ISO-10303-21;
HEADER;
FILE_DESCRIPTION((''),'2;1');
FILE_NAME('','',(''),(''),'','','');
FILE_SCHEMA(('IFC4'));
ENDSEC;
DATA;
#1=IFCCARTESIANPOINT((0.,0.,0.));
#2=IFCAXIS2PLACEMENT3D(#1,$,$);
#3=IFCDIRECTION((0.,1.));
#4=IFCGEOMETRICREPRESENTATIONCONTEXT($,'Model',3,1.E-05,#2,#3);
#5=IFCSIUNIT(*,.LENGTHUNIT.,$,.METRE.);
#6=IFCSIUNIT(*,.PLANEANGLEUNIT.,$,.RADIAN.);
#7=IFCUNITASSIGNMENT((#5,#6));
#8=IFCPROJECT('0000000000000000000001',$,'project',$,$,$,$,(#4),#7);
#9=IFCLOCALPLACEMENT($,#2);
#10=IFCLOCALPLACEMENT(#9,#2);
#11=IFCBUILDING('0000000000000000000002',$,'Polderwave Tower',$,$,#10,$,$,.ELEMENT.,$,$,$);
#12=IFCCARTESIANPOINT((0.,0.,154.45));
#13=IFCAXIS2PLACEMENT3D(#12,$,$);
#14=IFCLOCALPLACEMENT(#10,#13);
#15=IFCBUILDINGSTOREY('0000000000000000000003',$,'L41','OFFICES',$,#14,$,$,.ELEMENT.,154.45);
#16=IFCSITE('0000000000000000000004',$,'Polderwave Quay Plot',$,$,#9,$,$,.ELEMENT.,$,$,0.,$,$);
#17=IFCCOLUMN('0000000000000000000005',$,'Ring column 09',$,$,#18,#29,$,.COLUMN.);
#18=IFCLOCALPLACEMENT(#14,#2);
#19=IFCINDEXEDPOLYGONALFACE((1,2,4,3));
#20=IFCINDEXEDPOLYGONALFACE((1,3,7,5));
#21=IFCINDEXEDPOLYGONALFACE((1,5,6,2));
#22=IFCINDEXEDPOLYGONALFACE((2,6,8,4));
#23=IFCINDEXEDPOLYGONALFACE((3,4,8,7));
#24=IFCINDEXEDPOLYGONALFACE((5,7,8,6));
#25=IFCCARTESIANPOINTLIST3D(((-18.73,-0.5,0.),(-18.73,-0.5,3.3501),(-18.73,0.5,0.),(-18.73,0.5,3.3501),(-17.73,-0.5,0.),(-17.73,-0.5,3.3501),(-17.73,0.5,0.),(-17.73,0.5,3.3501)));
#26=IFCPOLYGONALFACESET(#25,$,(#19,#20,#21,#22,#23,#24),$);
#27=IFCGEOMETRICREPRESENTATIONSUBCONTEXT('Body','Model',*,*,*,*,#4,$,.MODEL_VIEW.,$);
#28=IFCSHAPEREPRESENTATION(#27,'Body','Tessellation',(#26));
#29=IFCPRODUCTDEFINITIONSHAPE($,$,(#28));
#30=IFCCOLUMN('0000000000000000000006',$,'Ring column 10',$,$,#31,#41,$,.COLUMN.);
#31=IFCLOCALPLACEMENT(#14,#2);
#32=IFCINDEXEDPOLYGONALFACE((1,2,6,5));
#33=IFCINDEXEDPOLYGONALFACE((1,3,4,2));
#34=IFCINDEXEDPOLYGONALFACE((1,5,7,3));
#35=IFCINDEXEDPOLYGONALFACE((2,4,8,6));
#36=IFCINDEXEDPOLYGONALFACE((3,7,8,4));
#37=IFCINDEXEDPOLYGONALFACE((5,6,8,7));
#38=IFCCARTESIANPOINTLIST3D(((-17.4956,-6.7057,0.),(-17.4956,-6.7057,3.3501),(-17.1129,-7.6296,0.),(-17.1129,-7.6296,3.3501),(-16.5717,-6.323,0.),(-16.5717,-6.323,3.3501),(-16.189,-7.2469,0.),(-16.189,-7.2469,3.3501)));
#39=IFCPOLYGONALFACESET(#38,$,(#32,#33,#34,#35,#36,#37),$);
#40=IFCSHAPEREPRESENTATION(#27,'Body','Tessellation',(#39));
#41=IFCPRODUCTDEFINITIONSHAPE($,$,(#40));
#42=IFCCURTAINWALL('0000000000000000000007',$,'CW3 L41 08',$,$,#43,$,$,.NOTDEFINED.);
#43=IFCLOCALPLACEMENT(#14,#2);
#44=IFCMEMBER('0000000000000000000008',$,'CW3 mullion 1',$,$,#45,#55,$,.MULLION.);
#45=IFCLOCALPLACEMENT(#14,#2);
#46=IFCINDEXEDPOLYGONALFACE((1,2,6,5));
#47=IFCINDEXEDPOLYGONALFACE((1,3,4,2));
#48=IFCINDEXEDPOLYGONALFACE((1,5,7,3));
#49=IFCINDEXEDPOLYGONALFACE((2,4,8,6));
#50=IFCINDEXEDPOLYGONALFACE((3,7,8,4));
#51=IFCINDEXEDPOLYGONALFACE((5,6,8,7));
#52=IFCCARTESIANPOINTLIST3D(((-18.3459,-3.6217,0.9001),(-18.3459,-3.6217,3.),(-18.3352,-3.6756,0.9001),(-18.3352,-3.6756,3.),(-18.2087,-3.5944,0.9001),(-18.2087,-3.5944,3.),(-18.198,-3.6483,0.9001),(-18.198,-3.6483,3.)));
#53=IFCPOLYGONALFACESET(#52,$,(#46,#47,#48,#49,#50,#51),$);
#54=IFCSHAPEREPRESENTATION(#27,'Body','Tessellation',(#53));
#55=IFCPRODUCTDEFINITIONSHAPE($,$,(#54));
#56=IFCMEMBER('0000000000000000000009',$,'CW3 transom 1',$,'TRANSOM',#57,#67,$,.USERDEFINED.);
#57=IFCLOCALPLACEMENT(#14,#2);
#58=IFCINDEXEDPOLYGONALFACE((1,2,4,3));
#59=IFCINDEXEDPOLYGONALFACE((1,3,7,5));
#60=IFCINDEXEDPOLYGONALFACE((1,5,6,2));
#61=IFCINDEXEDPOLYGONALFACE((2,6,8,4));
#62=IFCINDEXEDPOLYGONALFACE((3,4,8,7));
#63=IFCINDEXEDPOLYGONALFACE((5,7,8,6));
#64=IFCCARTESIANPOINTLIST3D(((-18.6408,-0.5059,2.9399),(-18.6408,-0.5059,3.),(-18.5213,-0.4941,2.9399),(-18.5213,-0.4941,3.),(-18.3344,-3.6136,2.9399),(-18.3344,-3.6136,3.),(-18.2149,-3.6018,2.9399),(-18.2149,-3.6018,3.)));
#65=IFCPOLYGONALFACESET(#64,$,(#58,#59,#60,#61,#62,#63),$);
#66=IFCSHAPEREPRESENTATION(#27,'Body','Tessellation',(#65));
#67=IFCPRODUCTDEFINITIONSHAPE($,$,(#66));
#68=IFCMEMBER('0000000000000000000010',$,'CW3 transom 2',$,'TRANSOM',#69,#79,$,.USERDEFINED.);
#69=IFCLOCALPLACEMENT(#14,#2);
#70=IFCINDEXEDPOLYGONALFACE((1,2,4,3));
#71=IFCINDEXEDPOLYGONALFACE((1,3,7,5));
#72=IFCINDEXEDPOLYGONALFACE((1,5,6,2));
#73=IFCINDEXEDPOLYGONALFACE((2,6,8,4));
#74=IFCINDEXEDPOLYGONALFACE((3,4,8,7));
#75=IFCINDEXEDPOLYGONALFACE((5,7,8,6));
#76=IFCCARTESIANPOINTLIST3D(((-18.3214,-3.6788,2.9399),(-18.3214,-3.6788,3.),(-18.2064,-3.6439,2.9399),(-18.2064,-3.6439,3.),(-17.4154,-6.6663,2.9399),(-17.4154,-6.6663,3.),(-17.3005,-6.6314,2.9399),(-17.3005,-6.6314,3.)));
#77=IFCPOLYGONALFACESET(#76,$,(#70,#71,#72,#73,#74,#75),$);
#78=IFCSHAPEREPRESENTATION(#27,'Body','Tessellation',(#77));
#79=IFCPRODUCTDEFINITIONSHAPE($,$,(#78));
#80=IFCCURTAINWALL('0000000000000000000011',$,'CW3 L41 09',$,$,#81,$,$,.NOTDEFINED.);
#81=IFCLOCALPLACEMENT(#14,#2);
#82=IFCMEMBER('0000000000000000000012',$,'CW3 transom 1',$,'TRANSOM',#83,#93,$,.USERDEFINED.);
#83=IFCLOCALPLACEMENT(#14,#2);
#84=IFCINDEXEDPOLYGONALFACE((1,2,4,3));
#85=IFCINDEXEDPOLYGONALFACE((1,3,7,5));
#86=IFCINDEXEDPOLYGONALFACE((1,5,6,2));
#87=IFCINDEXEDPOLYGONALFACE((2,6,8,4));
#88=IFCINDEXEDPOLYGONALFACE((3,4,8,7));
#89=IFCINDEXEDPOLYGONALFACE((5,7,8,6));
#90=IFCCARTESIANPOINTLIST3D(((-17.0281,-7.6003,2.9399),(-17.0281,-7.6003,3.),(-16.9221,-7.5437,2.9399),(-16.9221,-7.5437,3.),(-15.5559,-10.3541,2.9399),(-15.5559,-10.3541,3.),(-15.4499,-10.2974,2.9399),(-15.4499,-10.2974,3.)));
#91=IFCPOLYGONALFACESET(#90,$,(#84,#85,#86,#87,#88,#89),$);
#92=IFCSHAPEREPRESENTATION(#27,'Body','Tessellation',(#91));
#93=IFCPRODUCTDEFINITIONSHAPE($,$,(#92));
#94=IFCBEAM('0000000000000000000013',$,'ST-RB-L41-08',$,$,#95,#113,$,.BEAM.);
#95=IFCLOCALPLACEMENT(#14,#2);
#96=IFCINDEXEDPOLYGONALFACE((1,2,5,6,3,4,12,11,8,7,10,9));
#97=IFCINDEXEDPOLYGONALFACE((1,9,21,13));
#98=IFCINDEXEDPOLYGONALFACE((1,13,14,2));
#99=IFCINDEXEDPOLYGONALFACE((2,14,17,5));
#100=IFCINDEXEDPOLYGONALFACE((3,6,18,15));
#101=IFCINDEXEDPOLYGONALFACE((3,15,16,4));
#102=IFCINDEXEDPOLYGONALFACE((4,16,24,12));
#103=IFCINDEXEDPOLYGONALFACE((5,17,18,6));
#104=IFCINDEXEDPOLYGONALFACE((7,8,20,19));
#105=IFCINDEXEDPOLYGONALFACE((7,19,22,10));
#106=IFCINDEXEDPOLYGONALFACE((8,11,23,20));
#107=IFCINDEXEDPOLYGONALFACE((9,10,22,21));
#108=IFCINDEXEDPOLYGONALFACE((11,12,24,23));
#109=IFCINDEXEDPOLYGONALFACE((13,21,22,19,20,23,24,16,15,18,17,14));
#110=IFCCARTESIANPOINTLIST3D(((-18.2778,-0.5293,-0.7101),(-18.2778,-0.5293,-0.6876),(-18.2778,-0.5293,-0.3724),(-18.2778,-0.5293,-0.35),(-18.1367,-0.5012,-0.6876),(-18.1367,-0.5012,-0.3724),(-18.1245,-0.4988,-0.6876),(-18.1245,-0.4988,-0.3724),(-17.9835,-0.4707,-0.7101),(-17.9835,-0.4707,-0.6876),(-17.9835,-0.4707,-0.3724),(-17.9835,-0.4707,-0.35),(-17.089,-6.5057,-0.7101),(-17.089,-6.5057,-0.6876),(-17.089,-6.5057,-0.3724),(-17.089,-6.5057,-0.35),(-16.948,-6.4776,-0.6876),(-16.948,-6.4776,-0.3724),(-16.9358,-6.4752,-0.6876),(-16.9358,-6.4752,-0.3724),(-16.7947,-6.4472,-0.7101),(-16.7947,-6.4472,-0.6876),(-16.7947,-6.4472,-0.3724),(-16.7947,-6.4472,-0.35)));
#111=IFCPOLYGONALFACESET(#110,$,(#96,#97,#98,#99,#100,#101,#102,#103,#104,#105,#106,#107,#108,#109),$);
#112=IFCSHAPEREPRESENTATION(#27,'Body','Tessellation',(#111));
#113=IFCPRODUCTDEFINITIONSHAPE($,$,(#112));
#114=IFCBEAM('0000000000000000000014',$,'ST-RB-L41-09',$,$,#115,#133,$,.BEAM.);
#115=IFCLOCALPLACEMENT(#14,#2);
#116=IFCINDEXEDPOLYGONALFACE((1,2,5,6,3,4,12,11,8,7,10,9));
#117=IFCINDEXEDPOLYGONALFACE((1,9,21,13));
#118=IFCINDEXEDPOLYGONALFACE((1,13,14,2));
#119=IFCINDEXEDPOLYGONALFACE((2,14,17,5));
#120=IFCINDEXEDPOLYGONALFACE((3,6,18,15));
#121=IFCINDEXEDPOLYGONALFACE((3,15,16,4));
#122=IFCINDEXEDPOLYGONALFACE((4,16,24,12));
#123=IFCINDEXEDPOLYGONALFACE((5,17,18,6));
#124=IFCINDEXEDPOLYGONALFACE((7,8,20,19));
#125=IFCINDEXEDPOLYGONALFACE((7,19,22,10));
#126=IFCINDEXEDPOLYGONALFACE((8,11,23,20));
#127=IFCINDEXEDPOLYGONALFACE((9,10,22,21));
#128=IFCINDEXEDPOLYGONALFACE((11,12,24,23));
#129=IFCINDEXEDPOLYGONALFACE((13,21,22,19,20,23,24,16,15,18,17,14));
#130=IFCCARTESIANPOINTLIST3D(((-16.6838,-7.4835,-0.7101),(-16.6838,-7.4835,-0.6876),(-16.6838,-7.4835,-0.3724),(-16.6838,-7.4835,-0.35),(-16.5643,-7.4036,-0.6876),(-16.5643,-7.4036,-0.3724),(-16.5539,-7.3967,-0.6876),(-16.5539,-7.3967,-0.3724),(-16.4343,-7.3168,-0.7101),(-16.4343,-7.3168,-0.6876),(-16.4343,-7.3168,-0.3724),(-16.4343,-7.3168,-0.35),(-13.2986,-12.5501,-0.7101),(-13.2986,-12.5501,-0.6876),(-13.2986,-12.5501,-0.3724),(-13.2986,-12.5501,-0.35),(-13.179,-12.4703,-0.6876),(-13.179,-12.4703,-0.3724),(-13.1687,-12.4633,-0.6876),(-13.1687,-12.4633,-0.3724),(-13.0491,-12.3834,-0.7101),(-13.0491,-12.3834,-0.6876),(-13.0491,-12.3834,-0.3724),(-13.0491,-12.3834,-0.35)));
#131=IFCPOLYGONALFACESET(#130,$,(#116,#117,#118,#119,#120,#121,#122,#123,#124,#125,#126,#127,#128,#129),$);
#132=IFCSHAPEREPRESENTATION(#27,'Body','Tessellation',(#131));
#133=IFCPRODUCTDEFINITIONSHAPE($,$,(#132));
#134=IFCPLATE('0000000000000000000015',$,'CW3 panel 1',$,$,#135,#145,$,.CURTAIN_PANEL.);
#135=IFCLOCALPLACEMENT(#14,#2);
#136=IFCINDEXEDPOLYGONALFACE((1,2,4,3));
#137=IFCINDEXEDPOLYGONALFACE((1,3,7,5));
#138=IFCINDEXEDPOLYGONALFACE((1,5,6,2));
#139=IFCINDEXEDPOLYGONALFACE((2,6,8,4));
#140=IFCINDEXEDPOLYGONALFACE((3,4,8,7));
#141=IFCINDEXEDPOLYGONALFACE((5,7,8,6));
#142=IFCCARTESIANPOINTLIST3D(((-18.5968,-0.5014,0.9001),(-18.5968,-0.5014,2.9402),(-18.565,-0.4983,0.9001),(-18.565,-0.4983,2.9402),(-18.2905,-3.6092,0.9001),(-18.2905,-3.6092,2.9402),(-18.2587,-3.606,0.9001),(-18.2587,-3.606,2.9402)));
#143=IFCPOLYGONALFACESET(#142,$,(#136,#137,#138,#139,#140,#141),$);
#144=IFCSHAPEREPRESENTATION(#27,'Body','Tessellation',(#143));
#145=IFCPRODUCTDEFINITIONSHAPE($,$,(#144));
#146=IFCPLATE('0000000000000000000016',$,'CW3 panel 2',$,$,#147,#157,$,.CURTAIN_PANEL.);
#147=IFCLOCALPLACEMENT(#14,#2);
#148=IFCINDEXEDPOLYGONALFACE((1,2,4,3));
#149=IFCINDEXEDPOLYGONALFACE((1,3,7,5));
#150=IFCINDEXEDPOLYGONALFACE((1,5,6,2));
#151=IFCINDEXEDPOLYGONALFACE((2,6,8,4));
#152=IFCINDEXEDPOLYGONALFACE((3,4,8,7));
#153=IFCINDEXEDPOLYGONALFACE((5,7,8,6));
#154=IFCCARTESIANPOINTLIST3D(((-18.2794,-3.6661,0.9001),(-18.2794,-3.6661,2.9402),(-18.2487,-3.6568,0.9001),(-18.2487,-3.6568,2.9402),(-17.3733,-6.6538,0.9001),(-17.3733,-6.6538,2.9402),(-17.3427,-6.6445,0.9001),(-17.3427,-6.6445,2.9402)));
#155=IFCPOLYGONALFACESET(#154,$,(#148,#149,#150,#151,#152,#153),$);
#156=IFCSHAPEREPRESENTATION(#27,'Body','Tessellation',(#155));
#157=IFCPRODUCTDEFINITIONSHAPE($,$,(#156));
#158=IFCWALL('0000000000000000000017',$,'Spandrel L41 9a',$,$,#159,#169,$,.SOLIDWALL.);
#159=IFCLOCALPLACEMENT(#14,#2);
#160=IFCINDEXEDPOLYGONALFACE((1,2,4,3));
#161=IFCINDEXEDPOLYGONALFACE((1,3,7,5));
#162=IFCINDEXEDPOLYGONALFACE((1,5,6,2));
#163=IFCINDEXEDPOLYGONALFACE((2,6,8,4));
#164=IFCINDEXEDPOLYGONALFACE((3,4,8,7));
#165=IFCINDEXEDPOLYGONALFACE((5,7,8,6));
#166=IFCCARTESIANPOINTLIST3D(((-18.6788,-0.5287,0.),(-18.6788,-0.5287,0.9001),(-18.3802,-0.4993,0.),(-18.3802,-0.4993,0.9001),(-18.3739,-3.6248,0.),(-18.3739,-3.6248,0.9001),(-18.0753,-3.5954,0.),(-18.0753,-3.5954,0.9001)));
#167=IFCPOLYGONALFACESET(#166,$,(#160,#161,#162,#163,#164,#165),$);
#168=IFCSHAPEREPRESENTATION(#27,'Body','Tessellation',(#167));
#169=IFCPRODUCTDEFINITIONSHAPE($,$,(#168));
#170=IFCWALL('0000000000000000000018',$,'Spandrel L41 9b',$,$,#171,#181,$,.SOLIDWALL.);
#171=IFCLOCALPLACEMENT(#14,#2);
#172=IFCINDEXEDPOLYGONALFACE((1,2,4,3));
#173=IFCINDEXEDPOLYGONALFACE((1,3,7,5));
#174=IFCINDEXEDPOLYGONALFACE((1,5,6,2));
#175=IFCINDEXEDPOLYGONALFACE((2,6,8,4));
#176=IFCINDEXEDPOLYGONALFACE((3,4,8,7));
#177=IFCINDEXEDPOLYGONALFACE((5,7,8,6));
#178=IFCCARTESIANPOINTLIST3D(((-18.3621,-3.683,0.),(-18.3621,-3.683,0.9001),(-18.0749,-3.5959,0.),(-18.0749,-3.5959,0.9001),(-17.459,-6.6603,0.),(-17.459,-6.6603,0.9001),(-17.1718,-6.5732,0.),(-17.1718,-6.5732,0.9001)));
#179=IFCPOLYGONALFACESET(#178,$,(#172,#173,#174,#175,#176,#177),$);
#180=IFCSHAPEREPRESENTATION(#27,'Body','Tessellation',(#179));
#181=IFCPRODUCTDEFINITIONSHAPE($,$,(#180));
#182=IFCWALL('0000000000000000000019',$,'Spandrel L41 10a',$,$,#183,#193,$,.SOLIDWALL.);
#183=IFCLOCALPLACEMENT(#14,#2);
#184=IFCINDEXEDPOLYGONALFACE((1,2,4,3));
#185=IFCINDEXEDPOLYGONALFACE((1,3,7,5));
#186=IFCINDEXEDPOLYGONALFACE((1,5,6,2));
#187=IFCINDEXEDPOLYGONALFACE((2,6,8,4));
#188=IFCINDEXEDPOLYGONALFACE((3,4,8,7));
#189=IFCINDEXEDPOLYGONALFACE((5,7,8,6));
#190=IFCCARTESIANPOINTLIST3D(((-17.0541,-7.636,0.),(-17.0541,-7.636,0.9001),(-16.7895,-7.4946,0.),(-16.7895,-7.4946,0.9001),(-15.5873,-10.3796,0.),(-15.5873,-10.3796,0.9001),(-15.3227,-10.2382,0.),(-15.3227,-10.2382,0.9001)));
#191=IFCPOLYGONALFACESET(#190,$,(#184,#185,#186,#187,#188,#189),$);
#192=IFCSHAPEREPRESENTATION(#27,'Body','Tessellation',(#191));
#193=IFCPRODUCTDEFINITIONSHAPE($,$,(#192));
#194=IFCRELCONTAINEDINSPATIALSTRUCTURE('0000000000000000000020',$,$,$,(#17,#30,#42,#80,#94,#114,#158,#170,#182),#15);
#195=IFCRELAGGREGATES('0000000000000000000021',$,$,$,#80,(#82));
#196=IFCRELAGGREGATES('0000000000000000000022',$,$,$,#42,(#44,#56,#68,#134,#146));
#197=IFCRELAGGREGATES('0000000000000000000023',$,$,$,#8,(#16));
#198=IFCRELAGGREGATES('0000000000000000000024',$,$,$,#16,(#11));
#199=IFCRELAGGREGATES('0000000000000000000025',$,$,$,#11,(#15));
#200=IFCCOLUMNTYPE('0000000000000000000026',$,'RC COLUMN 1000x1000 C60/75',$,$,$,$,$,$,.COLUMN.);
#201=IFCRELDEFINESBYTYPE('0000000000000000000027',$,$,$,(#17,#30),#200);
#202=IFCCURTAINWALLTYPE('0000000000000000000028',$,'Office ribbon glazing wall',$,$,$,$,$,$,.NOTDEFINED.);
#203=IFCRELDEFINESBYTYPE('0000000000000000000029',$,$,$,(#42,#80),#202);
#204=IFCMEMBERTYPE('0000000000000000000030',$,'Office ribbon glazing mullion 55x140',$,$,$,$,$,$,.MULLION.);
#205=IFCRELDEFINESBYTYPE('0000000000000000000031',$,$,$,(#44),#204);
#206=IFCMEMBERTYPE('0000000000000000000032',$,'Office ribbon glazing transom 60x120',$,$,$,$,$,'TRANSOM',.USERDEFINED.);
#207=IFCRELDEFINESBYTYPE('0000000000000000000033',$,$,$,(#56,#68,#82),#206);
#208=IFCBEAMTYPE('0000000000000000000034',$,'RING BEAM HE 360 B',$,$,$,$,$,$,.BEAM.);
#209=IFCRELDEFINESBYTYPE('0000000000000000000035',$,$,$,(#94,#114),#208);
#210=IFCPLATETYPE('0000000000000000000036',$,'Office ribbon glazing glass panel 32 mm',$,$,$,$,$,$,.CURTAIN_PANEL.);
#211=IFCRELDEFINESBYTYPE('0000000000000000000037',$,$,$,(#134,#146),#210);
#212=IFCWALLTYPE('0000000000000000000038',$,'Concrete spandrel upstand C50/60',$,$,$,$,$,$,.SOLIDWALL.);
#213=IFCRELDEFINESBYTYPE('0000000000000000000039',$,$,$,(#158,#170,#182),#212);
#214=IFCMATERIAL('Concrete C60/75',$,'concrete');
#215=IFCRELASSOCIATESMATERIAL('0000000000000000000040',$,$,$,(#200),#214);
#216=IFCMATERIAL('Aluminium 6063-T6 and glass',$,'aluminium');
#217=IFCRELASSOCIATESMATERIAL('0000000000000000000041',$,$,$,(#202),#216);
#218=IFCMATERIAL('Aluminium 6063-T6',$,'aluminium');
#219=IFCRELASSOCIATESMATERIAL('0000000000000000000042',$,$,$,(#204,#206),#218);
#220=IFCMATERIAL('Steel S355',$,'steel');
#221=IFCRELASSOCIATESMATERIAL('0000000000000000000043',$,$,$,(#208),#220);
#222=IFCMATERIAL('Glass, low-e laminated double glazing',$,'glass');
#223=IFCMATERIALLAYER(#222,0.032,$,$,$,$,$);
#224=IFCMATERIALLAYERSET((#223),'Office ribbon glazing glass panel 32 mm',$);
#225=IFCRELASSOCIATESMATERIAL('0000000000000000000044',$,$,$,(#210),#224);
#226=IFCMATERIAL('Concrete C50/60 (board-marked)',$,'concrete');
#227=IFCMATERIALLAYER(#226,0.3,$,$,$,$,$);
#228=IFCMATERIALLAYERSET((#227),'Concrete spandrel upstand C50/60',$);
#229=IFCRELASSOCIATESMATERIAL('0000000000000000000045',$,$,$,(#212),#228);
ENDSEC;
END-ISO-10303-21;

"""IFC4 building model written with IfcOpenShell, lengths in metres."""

from ifc_helpers import new_model, si_unit, direction, frame, frame_2d, origin, origin_2d, place, context, subcontext, project, spatial, rectangle, i_section, extrude, material, layer, layer_set, material_profile, profile_set, type_object, element, aggregate, save


model = new_model("IFC4")

# Units and contexts
model_context = context("Model", 3, precision=1e-05, world=origin(), true_north=direction((0.0, 1.0)))
body_context = subcontext(model_context, "Body", "Model", "MODEL_VIEW")
ifc_project = project(units=[si_unit("LENGTHUNIT", "METRE"), si_unit("PLANEANGLEUNIT", "RADIAN")], contexts=[model_context])

# Site, building, storey
site_placement = place(None, origin())
site = spatial("IfcSite", under=ifc_project, at=site_placement, Name="Polderwave Quay Plot", CompositionType="ELEMENT", RefElevation=0.0)
building_placement = place(site_placement, origin())
building = spatial("IfcBuilding", under=site, at=building_placement, Name="Polderwave Tower", CompositionType="ELEMENT")
storey_placement = place(building_placement, frame((0.0, 0.0, 154.45)))
storey = spatial("IfcBuildingStorey", under=building, at=storey_placement, Name="L41", Description="OFFICES", CompositionType="ELEMENT", Elevation=154.45)

# Columns
ifc_material_1 = material(Name="Concrete C60/75", Category="concrete")
ifc_material_profile_1 = material_profile(ifc_material_1, rectangle(XDim=1.0, YDim=1.0, at=origin_2d()), Name="RC 1000x1000")
ifc_profile_set_1 = profile_set([ifc_material_profile_1], Name="Concrete C60/75")
column_type = type_object("IfcColumnType", Name="RC COLUMN 1000x1000 C60/75", PredefinedType="COLUMN", material=ifc_profile_set_1)
for number, where, z_axis, x_axis, name in (
    (1, (-18.23, 0.0, 0.0), (0.0, 0.0, 1.0), (-1.0, 0.0, 0.0), "Ring column 09"),
    (2, (-16.8423, -6.9763, 0.0), (0.0, 0.0, 1.0), (-0.92388, -0.382683, 0.0), "Ring column 10"),
):
    element("IfcColumn", number, at=place(storey_placement, frame(where, z_axis=z_axis, x_axis=x_axis)), inside=storey, type_object=column_type, Name=name, PredefinedType="COLUMN", context=body_context, shape_type="SweptSolid", body=[
        extrude(rectangle(XDim=1.0, YDim=1.0, at=origin_2d()), origin(), (0.0, 0.0, 1.0), 3.3501),
    ])

# Curtain wall, members
ifc_material_2 = material(Name="Aluminium 6063-T6 and glass", Category="aluminium")
curtain_wall_type = type_object("IfcCurtainWallType", Name="Office ribbon glazing wall", PredefinedType="NOTDEFINED", material=ifc_material_2)
curtain_wall_1_placement = place(storey_placement, origin())
curtain_wall_1 = element("IfcCurtainWall", 3, at=curtain_wall_1_placement, inside=storey, type_object=curtain_wall_type, Name="CW3 L41 08", PredefinedType="NOTDEFINED")
ifc_material_3 = material(Name="Aluminium 6063-T6", Category="aluminium")
ifc_material_profile_2 = material_profile(ifc_material_3, rectangle(XDim=0.1399, YDim=0.0549, at=origin_2d()), Name="AL 55x140")
ifc_profile_set_2 = profile_set([ifc_material_profile_2], Name="Aluminium 6063-T6")
member_type_1 = type_object("IfcMemberType", Name="Office ribbon glazing mullion 55x140", PredefinedType="MULLION", material=ifc_profile_set_2)
member_1_placement = place(storey_placement, frame((-18.272, -3.635, 0.9001), z_axis=(0.0, 0.0, 1.0), x_axis=(0.980787, 0.195083, 0.0)))
member_1 = element("IfcMember", 4, at=member_1_placement, type_object=member_type_1, Name="CW3 mullion 1", PredefinedType="MULLION", context=body_context, shape_type="SweptSolid", body=[
    extrude(rectangle(XDim=0.1399, YDim=0.0549, at=origin_2d()), origin(), (0.0, 0.0, 1.0), 2.0999),
])
ifc_material_profile_3 = material_profile(ifc_material_3, rectangle(XDim=0.1201, YDim=0.0601, at=origin_2d()), Name="AL 60x120")
ifc_profile_set_3 = profile_set([ifc_material_profile_3], Name="Aluminium 6063-T6")
member_type_2 = type_object("IfcMemberType", Name="Office ribbon glazing transom 60x120", ElementType="TRANSOM", PredefinedType="USERDEFINED", material=ifc_profile_set_3)
member_2_placement = place(storey_placement, frame((-18.5811, -0.5, 2.97), z_axis=(0.098118, -0.995175, 0.0), x_axis=(0.995175, 0.098118, 0.0)))
member_2 = element("IfcMember", 5, at=member_2_placement, type_object=member_type_2, Name="CW3 transom 1", ObjectType="TRANSOM", PredefinedType="USERDEFINED", context=body_context, shape_type="SweptSolid", body=[
    extrude(rectangle(XDim=0.1201, YDim=0.0601, at=origin_2d()), origin(), (0.0, 0.0, 1.0), 3.1228),
])
member_3_placement = place(storey_placement, frame((-18.2639, -3.6614, 2.97), z_axis=(0.290209, -0.956963, 0.0), x_axis=(0.956963, 0.290209, 0.0)))
member_3 = element("IfcMember", 6, at=member_3_placement, type_object=member_type_2, Name="CW3 transom 2", ObjectType="TRANSOM", PredefinedType="USERDEFINED", context=body_context, shape_type="SweptSolid", body=[
    extrude(rectangle(XDim=0.1201, YDim=0.0601, at=origin_2d()), origin(), (0.0, 0.0, 1.0), 3.1218),
])

# Curtain wall, member
curtain_wall_2_placement = place(storey_placement, origin())
curtain_wall_2 = element("IfcCurtainWall", 7, at=curtain_wall_2_placement, inside=storey, type_object=curtain_wall_type, Name="CW3 L41 09", PredefinedType="NOTDEFINED")
member_4_placement = place(storey_placement, frame((-16.9751, -7.572, 2.97), z_axis=(0.471473, -0.881881, 0.0), x_axis=(0.881881, 0.471473, 0.0)))
member_4 = element("IfcMember", 8, at=member_4_placement, type_object=member_type_2, Name="CW3 transom 1", ObjectType="TRANSOM", PredefinedType="USERDEFINED", context=body_context, shape_type="SweptSolid", body=[
    extrude(rectangle(XDim=0.1201, YDim=0.0601, at=origin_2d()), origin(), (0.0, 0.0, 1.0), 3.1226),
])
aggregate(curtain_wall_2, [member_4])

# Beams
ifc_material_4 = material(Name="Steel S355", Category="steel")
ifc_material_profile_4 = material_profile(ifc_material_4, i_section(OverallWidth=0.3, OverallDepth=0.3601, WebThickness=0.0125, FlangeThickness=0.0225, at=origin_2d()), Name="HE 360 B")
ifc_profile_set_4 = profile_set([ifc_material_profile_4], Name="Steel S355")
beam_type = type_object("IfcBeamType", Name="RING BEAM HE 360 B", PredefinedType="BEAM", material=ifc_profile_set_4)
for number, where, z_axis, x_axis, name in (
    (9, (-18.1306, -0.5, -0.53), (0.195084, -0.980787, 0.0), (0.980787, 0.195084, 0.0), "ST-RB-L41-08"),
    (10, (-16.5591, -7.4001, -0.53), (0.555551, -0.831483, 0.0), (0.831483, 0.555551, 0.0), "ST-RB-L41-09"),
):
    element("IfcBeam", number, at=place(storey_placement, frame(where, z_axis=z_axis, x_axis=x_axis)), inside=storey, type_object=beam_type, Name=name, PredefinedType="BEAM", context=body_context, shape_type="SweptSolid", body=[
        extrude(i_section(OverallWidth=0.3, OverallDepth=0.3601, WebThickness=0.0125, FlangeThickness=0.0225, at=origin_2d()), origin(), (0.0, 0.0, 1.0), 6.0935),
    ])

# Plates
ifc_material_5 = material(Name="Glass, low-e laminated double glazing", Category="glass")
ifc_layer_1 = layer(ifc_material_5, 0.032)
ifc_layer_set_1 = layer_set([ifc_layer_1], Name="Office ribbon glazing glass panel 32 mm")
plate_type = type_object("IfcPlateType", Name="Office ribbon glazing glass panel 32 mm", PredefinedType="CURTAIN_PANEL", material=ifc_layer_set_1)
plate_1_placement = place(storey_placement, frame((-18.4277, -2.0537, 0.9001), z_axis=(0.0, 0.0, 1.0), x_axis=(0.09809, -0.995178, 0.0)))
plate_1 = element("IfcPlate", 11, at=plate_1_placement, type_object=plate_type, Name="CW3 panel 1", PredefinedType="CURTAIN_PANEL", context=body_context, shape_type="SweptSolid", body=[
    extrude(rectangle(XDim=3.1228, YDim=0.032, at=origin_2d()), origin(), (0.0, 0.0, 1.0), 2.04),
])
plate_2_placement = place(storey_placement, frame((-17.811, -5.1553, 0.9001), z_axis=(0.0, 0.0, 1.0), x_axis=(0.290201, -0.956966, 0.0)))
plate_2 = element("IfcPlate", 12, at=plate_2_placement, type_object=plate_type, Name="CW3 panel 2", PredefinedType="CURTAIN_PANEL", context=body_context, shape_type="SweptSolid", body=[
    extrude(rectangle(XDim=3.1221, YDim=0.032, at=origin_2d()), origin(), (0.0, 0.0, 1.0), 2.04),
])
aggregate(curtain_wall_1, [member_1, member_2, member_3, plate_1, plate_2])

# Walls
ifc_material_6 = material(Name="Concrete C50/60 (board-marked)", Category="concrete")
ifc_layer_2 = layer(ifc_material_6, 0.3)
ifc_layer_set_2 = layer_set([ifc_layer_2], Name="Concrete spandrel upstand C50/60")
wall_type_1 = type_object("IfcWallType", Name="Concrete spandrel upstand C50/60", PredefinedType="SOLIDWALL", material=ifc_layer_set_2)
wall_1_placement = place(storey_placement, frame((-18.5295, -0.5139, 0.0), z_axis=(0.0, 0.0, 1.0), x_axis=(0.098012, -0.995185, 0.0)))
element("IfcWall", 13, at=wall_1_placement, inside=storey, type_object=wall_type_1, Name="Spandrel L41 9a", PredefinedType="SOLIDWALL", context=body_context, shape_type="SweptSolid", body=[
    extrude(rectangle(XDim=3.1111, YDim=0.3, at=frame_2d((1.5557, 0.0))), origin(), (0.0, 0.0, 1.0), 0.9001),
])
wall_2_placement = place(storey_placement, frame((-18.2185, -3.6394, 0.0), z_axis=(0.0, 0.0, 1.0), x_axis=(0.290262, -0.956947, 0.0)))
element("IfcWall", 14, at=wall_2_placement, inside=storey, type_object=wall_type_1, Name="Spandrel L41 9b", PredefinedType="SOLIDWALL", context=body_context, shape_type="SweptSolid", body=[
    extrude(rectangle(XDim=3.1113, YDim=0.3, at=frame_2d((1.5557, 0.0))), origin(), (0.0, 0.0, 1.0), 0.9001),
])
wall_3_placement = place(storey_placement, frame((-16.9219, -7.5652, 0.0), z_axis=(0.0, 0.0, 1.0), x_axis=(0.471468, -0.881883, 0.0)))
element("IfcWall", 15, at=wall_3_placement, inside=storey, type_object=wall_type_1, Name="Spandrel L41 10a", PredefinedType="SOLIDWALL", context=body_context, shape_type="SweptSolid", body=[
    extrude(rectangle(XDim=3.1111, YDim=0.3, at=frame_2d((1.5557, 0.0))), origin(), (0.0, 0.0, 1.0), 0.9001),
])

save(model, "model.ifc")
